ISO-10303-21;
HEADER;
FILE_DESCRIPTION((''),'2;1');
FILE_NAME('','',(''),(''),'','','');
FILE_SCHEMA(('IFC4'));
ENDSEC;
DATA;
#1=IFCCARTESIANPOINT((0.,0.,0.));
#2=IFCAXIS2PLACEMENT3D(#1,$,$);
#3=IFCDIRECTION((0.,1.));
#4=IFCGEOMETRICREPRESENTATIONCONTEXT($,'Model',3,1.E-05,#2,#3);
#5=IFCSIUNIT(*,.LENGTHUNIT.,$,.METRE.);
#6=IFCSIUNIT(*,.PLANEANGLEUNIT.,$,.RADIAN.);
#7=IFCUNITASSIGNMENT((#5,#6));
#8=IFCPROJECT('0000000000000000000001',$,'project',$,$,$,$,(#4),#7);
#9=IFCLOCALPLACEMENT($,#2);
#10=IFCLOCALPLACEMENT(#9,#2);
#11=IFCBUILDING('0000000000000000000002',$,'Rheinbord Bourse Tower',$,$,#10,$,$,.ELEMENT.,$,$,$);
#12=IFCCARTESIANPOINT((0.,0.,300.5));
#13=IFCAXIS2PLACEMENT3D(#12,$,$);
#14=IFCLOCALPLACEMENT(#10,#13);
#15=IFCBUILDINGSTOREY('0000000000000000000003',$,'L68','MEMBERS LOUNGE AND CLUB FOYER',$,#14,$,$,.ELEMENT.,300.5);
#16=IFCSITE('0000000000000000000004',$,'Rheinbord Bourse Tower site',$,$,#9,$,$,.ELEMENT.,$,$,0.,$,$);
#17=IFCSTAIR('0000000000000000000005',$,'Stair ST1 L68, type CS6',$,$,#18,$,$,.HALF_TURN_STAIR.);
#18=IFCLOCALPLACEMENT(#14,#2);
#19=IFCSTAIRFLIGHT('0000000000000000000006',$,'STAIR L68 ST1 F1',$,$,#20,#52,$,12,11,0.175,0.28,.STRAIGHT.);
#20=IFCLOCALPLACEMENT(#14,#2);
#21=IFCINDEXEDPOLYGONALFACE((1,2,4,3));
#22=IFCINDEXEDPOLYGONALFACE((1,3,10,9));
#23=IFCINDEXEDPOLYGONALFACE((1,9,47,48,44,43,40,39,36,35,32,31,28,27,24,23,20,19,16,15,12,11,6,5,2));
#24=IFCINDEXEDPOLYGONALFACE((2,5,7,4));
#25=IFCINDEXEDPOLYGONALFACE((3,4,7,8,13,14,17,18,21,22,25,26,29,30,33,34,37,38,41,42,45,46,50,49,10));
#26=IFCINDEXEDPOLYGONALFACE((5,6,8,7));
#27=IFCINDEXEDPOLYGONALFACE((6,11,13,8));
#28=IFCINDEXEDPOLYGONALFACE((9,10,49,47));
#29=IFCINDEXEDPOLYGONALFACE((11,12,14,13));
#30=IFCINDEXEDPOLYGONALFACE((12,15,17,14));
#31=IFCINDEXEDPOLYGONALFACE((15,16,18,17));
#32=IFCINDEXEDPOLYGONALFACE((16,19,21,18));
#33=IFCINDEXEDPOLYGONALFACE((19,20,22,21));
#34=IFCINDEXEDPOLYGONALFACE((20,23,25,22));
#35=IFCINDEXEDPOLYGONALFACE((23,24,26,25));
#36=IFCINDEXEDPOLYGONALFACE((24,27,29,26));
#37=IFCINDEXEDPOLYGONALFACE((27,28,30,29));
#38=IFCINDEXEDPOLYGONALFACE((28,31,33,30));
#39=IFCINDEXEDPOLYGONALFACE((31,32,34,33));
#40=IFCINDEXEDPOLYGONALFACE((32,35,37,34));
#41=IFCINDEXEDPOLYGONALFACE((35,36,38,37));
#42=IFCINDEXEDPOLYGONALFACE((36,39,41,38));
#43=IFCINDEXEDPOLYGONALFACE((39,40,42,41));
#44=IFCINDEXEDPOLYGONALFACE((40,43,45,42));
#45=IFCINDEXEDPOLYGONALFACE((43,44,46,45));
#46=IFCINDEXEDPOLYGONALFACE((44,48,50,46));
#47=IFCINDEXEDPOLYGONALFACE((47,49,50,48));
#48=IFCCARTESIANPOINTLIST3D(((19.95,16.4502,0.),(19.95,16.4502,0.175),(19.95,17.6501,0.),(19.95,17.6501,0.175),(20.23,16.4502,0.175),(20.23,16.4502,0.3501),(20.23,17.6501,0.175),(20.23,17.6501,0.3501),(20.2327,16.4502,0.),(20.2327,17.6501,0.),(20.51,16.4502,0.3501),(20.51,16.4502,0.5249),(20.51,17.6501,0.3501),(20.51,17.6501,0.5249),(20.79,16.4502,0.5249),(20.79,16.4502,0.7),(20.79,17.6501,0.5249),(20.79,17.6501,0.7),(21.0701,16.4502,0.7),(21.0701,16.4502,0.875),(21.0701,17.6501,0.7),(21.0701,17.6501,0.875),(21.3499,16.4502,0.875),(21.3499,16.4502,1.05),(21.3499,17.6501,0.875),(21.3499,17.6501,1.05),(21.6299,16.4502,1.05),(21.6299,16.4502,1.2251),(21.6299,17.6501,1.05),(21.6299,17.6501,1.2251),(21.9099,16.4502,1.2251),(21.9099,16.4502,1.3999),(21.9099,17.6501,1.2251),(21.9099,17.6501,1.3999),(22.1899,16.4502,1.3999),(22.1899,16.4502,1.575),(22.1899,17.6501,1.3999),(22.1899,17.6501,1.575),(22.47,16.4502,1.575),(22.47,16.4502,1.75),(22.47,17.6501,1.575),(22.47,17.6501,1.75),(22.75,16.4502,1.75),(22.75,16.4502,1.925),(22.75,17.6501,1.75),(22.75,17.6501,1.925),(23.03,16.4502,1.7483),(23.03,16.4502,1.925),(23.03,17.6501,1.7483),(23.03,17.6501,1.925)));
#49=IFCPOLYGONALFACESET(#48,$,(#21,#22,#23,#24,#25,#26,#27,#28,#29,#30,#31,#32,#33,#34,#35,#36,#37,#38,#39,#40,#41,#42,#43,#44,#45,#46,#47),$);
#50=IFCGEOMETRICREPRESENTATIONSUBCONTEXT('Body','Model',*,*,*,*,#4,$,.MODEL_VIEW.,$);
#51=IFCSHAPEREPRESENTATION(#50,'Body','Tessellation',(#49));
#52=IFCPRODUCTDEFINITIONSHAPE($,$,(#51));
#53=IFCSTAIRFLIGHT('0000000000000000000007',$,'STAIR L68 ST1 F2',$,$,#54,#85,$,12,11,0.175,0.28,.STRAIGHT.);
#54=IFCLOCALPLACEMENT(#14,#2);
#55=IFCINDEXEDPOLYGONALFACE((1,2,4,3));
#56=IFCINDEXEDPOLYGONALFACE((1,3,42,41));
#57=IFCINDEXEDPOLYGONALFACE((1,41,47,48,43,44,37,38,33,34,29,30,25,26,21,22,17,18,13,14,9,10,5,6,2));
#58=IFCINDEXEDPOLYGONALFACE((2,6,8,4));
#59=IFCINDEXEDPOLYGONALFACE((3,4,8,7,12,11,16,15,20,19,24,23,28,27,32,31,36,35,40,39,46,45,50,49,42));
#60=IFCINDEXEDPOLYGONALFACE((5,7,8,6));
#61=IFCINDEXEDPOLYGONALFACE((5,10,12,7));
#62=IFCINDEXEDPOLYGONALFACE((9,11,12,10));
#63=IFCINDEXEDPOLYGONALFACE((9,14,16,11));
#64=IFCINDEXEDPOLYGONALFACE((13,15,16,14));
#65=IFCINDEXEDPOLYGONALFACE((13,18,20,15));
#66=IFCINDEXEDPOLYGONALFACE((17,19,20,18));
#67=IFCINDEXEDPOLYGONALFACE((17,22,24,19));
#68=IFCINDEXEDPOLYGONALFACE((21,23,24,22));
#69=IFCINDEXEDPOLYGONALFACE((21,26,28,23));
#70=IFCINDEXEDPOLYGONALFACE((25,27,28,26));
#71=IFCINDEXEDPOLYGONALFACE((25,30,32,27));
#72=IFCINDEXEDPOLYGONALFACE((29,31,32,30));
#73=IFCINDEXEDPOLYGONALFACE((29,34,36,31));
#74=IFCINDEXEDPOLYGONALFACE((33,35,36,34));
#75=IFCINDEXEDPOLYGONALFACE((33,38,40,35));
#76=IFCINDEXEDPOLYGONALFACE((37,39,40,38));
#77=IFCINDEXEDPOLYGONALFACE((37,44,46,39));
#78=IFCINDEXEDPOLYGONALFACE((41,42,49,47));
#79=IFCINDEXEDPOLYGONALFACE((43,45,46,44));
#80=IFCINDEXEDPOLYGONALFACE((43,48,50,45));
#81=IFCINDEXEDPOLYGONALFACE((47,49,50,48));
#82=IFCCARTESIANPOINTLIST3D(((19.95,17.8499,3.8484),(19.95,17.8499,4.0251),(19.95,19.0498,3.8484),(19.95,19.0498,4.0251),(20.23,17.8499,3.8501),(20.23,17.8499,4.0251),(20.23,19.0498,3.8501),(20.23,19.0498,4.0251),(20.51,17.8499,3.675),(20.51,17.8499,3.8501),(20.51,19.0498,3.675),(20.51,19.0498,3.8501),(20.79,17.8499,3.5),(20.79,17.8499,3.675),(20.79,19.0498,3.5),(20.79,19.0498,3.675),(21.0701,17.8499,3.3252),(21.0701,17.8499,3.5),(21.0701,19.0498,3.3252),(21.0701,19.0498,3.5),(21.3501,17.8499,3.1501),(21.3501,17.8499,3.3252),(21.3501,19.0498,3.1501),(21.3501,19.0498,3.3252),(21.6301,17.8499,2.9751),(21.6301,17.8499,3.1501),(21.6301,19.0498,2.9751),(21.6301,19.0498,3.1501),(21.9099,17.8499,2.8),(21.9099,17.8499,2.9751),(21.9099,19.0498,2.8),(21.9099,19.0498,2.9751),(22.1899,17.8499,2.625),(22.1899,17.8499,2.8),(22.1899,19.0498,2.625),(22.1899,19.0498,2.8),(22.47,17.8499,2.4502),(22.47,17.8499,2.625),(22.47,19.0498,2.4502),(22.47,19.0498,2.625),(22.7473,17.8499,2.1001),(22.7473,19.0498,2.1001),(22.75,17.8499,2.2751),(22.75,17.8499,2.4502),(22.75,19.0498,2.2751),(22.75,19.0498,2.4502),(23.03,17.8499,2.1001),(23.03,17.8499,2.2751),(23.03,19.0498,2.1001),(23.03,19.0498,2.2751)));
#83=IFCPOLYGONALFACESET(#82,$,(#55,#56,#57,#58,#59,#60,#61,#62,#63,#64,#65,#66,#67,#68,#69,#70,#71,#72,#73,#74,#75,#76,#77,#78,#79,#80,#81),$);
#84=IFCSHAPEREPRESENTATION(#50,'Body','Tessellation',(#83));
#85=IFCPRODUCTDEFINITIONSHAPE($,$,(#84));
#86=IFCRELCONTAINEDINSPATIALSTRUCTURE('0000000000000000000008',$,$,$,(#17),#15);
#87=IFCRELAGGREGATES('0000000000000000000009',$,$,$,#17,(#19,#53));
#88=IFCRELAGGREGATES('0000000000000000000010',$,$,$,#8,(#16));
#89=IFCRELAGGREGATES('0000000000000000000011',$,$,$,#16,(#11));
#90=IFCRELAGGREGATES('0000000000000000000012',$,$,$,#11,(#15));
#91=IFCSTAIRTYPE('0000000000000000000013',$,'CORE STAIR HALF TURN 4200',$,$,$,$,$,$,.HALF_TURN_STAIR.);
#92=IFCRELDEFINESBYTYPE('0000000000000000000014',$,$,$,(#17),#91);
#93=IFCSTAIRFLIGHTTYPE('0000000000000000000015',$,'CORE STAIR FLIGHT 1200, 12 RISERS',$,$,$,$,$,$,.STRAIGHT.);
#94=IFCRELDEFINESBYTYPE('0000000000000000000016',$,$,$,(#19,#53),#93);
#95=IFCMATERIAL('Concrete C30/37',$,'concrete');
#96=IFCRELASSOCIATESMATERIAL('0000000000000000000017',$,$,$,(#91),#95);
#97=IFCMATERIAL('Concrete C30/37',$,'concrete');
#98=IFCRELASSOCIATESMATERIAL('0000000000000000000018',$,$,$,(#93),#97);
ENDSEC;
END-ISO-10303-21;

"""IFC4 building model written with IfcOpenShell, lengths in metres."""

from ifc_helpers import new_model, si_unit, direction, frame, origin, place, context, subcontext, project, spatial, polyline, outline, extrude, material, type_object, element, aggregate, save


model = new_model("IFC4")

# Units and contexts
model_context = context("Model", 3, precision=1e-05, world=origin(), true_north=direction((0.0, 1.0)))
body_context = subcontext(model_context, "Body", "Model", "MODEL_VIEW")
ifc_project = project(units=[si_unit("LENGTHUNIT", "METRE"), si_unit("PLANEANGLEUNIT", "RADIAN")], contexts=[model_context])

# Site, building, storey
site_placement = place(None, origin())
site = spatial("IfcSite", under=ifc_project, at=site_placement, Name="Rheinbord Bourse Tower site", CompositionType="ELEMENT", RefElevation=0.0)
building_placement = place(site_placement, origin())
building = spatial("IfcBuilding", under=site, at=building_placement, Name="Rheinbord Bourse Tower", CompositionType="ELEMENT")
storey_placement = place(building_placement, frame((0.0, 0.0, 300.5)))
storey = spatial("IfcBuildingStorey", under=building, at=storey_placement, Name="L68", Description="MEMBERS LOUNGE AND CLUB FOYER", CompositionType="ELEMENT", Elevation=300.5)

# Stair, stair flights
ifc_material_1 = material(Name="Concrete C30/37", Category="concrete")
stair_type = type_object("IfcStairType", Name="CORE STAIR HALF TURN 4200", PredefinedType="HALF_TURN_STAIR", material=ifc_material_1)
stair_placement = place(storey_placement, origin())
stair = element("IfcStair", 1, at=stair_placement, inside=storey, type_object=stair_type, Name="Stair ST1 L68, type CS6", PredefinedType="HALF_TURN_STAIR")
ifc_material_2 = material(Name="Concrete C30/37", Category="concrete")
stair_flight_type = type_object("IfcStairFlightType", Name="CORE STAIR FLIGHT 1200, 12 RISERS", PredefinedType="STRAIGHT", material=ifc_material_2)
stair_flight_1_placement = place(storey_placement, frame((19.95, 17.05, 0.0), z_axis=(0.0, 0.0, 1.0), x_axis=(1.0, 0.0, 0.0)))
stair_flight_1 = element("IfcStairFlight", 2, at=stair_flight_1_placement, type_object=stair_flight_type, Name="STAIR L68 ST1 F1", NumberOfRisers=12, NumberOfTreads=11, PredefinedType="STRAIGHT", RiserHeight=0.175, TreadLength=0.28, context=body_context, shape_type="SweptSolid", body=[
    extrude(outline(polyline([(0.0, 0.0), (0.0, 0.175), (0.28, 0.175), (0.28, 0.3501), (0.5601, 0.3501), (0.5601, 0.5249), (0.8401, 0.5249), (0.8401, 0.7), (1.1201, 0.7), (1.1201, 0.875), (1.3999, 0.875), (1.3999, 1.05), (1.6799, 1.05), (1.6799, 1.2251), (1.96, 1.2251), (1.96, 1.3999), (2.24, 1.3999), (2.24, 1.575), (2.52, 1.575), (2.52, 1.75), (2.8, 1.75), (2.8, 1.925), (3.0801, 1.925), (3.0801, 2.1001), (3.0801, 1.7483), (0.2827, 0.0), (0.0, 0.0)])), frame((0.0, 0.6001, 0.0), z_axis=(0.0, -1.0, 0.0), x_axis=(1.0, 0.0, 0.0)), (0.0, 0.0, 1.0), 1.2),
])
stair_flight_2_placement = place(storey_placement, frame((23.03, 18.45, 2.1001), z_axis=(0.0, 0.0, 1.0), x_axis=(-1.0, 0.0, 0.0)))
stair_flight_2 = element("IfcStairFlight", 3, at=stair_flight_2_placement, type_object=stair_flight_type, Name="STAIR L68 ST1 F2", NumberOfRisers=12, NumberOfTreads=11, PredefinedType="STRAIGHT", RiserHeight=0.175, TreadLength=0.28, context=body_context, shape_type="SweptSolid", body=[
    extrude(outline(polyline([(0.0, 0.0), (0.0, 0.175), (0.28, 0.175), (0.28, 0.3501), (0.5601, 0.3501), (0.5601, 0.5249), (0.8401, 0.5249), (0.8401, 0.7), (1.1201, 0.7), (1.1201, 0.875), (1.3999, 0.875), (1.3999, 1.05), (1.6799, 1.05), (1.6799, 1.2251), (1.96, 1.2251), (1.96, 1.3999), (2.24, 1.3999), (2.24, 1.575), (2.52, 1.575), (2.52, 1.75), (2.8, 1.75), (2.8, 1.925), (3.0801, 1.925), (3.0801, 2.1001), (3.0801, 1.7483), (0.2827, 0.0), (0.0, 0.0)])), frame((0.0, 0.6001, 0.0), z_axis=(0.0, -1.0, 0.0), x_axis=(1.0, 0.0, 0.0)), (0.0, 0.0, 1.0), 1.2),
])
aggregate(stair, [stair_flight_1, stair_flight_2])

save(model, "model.ifc")
